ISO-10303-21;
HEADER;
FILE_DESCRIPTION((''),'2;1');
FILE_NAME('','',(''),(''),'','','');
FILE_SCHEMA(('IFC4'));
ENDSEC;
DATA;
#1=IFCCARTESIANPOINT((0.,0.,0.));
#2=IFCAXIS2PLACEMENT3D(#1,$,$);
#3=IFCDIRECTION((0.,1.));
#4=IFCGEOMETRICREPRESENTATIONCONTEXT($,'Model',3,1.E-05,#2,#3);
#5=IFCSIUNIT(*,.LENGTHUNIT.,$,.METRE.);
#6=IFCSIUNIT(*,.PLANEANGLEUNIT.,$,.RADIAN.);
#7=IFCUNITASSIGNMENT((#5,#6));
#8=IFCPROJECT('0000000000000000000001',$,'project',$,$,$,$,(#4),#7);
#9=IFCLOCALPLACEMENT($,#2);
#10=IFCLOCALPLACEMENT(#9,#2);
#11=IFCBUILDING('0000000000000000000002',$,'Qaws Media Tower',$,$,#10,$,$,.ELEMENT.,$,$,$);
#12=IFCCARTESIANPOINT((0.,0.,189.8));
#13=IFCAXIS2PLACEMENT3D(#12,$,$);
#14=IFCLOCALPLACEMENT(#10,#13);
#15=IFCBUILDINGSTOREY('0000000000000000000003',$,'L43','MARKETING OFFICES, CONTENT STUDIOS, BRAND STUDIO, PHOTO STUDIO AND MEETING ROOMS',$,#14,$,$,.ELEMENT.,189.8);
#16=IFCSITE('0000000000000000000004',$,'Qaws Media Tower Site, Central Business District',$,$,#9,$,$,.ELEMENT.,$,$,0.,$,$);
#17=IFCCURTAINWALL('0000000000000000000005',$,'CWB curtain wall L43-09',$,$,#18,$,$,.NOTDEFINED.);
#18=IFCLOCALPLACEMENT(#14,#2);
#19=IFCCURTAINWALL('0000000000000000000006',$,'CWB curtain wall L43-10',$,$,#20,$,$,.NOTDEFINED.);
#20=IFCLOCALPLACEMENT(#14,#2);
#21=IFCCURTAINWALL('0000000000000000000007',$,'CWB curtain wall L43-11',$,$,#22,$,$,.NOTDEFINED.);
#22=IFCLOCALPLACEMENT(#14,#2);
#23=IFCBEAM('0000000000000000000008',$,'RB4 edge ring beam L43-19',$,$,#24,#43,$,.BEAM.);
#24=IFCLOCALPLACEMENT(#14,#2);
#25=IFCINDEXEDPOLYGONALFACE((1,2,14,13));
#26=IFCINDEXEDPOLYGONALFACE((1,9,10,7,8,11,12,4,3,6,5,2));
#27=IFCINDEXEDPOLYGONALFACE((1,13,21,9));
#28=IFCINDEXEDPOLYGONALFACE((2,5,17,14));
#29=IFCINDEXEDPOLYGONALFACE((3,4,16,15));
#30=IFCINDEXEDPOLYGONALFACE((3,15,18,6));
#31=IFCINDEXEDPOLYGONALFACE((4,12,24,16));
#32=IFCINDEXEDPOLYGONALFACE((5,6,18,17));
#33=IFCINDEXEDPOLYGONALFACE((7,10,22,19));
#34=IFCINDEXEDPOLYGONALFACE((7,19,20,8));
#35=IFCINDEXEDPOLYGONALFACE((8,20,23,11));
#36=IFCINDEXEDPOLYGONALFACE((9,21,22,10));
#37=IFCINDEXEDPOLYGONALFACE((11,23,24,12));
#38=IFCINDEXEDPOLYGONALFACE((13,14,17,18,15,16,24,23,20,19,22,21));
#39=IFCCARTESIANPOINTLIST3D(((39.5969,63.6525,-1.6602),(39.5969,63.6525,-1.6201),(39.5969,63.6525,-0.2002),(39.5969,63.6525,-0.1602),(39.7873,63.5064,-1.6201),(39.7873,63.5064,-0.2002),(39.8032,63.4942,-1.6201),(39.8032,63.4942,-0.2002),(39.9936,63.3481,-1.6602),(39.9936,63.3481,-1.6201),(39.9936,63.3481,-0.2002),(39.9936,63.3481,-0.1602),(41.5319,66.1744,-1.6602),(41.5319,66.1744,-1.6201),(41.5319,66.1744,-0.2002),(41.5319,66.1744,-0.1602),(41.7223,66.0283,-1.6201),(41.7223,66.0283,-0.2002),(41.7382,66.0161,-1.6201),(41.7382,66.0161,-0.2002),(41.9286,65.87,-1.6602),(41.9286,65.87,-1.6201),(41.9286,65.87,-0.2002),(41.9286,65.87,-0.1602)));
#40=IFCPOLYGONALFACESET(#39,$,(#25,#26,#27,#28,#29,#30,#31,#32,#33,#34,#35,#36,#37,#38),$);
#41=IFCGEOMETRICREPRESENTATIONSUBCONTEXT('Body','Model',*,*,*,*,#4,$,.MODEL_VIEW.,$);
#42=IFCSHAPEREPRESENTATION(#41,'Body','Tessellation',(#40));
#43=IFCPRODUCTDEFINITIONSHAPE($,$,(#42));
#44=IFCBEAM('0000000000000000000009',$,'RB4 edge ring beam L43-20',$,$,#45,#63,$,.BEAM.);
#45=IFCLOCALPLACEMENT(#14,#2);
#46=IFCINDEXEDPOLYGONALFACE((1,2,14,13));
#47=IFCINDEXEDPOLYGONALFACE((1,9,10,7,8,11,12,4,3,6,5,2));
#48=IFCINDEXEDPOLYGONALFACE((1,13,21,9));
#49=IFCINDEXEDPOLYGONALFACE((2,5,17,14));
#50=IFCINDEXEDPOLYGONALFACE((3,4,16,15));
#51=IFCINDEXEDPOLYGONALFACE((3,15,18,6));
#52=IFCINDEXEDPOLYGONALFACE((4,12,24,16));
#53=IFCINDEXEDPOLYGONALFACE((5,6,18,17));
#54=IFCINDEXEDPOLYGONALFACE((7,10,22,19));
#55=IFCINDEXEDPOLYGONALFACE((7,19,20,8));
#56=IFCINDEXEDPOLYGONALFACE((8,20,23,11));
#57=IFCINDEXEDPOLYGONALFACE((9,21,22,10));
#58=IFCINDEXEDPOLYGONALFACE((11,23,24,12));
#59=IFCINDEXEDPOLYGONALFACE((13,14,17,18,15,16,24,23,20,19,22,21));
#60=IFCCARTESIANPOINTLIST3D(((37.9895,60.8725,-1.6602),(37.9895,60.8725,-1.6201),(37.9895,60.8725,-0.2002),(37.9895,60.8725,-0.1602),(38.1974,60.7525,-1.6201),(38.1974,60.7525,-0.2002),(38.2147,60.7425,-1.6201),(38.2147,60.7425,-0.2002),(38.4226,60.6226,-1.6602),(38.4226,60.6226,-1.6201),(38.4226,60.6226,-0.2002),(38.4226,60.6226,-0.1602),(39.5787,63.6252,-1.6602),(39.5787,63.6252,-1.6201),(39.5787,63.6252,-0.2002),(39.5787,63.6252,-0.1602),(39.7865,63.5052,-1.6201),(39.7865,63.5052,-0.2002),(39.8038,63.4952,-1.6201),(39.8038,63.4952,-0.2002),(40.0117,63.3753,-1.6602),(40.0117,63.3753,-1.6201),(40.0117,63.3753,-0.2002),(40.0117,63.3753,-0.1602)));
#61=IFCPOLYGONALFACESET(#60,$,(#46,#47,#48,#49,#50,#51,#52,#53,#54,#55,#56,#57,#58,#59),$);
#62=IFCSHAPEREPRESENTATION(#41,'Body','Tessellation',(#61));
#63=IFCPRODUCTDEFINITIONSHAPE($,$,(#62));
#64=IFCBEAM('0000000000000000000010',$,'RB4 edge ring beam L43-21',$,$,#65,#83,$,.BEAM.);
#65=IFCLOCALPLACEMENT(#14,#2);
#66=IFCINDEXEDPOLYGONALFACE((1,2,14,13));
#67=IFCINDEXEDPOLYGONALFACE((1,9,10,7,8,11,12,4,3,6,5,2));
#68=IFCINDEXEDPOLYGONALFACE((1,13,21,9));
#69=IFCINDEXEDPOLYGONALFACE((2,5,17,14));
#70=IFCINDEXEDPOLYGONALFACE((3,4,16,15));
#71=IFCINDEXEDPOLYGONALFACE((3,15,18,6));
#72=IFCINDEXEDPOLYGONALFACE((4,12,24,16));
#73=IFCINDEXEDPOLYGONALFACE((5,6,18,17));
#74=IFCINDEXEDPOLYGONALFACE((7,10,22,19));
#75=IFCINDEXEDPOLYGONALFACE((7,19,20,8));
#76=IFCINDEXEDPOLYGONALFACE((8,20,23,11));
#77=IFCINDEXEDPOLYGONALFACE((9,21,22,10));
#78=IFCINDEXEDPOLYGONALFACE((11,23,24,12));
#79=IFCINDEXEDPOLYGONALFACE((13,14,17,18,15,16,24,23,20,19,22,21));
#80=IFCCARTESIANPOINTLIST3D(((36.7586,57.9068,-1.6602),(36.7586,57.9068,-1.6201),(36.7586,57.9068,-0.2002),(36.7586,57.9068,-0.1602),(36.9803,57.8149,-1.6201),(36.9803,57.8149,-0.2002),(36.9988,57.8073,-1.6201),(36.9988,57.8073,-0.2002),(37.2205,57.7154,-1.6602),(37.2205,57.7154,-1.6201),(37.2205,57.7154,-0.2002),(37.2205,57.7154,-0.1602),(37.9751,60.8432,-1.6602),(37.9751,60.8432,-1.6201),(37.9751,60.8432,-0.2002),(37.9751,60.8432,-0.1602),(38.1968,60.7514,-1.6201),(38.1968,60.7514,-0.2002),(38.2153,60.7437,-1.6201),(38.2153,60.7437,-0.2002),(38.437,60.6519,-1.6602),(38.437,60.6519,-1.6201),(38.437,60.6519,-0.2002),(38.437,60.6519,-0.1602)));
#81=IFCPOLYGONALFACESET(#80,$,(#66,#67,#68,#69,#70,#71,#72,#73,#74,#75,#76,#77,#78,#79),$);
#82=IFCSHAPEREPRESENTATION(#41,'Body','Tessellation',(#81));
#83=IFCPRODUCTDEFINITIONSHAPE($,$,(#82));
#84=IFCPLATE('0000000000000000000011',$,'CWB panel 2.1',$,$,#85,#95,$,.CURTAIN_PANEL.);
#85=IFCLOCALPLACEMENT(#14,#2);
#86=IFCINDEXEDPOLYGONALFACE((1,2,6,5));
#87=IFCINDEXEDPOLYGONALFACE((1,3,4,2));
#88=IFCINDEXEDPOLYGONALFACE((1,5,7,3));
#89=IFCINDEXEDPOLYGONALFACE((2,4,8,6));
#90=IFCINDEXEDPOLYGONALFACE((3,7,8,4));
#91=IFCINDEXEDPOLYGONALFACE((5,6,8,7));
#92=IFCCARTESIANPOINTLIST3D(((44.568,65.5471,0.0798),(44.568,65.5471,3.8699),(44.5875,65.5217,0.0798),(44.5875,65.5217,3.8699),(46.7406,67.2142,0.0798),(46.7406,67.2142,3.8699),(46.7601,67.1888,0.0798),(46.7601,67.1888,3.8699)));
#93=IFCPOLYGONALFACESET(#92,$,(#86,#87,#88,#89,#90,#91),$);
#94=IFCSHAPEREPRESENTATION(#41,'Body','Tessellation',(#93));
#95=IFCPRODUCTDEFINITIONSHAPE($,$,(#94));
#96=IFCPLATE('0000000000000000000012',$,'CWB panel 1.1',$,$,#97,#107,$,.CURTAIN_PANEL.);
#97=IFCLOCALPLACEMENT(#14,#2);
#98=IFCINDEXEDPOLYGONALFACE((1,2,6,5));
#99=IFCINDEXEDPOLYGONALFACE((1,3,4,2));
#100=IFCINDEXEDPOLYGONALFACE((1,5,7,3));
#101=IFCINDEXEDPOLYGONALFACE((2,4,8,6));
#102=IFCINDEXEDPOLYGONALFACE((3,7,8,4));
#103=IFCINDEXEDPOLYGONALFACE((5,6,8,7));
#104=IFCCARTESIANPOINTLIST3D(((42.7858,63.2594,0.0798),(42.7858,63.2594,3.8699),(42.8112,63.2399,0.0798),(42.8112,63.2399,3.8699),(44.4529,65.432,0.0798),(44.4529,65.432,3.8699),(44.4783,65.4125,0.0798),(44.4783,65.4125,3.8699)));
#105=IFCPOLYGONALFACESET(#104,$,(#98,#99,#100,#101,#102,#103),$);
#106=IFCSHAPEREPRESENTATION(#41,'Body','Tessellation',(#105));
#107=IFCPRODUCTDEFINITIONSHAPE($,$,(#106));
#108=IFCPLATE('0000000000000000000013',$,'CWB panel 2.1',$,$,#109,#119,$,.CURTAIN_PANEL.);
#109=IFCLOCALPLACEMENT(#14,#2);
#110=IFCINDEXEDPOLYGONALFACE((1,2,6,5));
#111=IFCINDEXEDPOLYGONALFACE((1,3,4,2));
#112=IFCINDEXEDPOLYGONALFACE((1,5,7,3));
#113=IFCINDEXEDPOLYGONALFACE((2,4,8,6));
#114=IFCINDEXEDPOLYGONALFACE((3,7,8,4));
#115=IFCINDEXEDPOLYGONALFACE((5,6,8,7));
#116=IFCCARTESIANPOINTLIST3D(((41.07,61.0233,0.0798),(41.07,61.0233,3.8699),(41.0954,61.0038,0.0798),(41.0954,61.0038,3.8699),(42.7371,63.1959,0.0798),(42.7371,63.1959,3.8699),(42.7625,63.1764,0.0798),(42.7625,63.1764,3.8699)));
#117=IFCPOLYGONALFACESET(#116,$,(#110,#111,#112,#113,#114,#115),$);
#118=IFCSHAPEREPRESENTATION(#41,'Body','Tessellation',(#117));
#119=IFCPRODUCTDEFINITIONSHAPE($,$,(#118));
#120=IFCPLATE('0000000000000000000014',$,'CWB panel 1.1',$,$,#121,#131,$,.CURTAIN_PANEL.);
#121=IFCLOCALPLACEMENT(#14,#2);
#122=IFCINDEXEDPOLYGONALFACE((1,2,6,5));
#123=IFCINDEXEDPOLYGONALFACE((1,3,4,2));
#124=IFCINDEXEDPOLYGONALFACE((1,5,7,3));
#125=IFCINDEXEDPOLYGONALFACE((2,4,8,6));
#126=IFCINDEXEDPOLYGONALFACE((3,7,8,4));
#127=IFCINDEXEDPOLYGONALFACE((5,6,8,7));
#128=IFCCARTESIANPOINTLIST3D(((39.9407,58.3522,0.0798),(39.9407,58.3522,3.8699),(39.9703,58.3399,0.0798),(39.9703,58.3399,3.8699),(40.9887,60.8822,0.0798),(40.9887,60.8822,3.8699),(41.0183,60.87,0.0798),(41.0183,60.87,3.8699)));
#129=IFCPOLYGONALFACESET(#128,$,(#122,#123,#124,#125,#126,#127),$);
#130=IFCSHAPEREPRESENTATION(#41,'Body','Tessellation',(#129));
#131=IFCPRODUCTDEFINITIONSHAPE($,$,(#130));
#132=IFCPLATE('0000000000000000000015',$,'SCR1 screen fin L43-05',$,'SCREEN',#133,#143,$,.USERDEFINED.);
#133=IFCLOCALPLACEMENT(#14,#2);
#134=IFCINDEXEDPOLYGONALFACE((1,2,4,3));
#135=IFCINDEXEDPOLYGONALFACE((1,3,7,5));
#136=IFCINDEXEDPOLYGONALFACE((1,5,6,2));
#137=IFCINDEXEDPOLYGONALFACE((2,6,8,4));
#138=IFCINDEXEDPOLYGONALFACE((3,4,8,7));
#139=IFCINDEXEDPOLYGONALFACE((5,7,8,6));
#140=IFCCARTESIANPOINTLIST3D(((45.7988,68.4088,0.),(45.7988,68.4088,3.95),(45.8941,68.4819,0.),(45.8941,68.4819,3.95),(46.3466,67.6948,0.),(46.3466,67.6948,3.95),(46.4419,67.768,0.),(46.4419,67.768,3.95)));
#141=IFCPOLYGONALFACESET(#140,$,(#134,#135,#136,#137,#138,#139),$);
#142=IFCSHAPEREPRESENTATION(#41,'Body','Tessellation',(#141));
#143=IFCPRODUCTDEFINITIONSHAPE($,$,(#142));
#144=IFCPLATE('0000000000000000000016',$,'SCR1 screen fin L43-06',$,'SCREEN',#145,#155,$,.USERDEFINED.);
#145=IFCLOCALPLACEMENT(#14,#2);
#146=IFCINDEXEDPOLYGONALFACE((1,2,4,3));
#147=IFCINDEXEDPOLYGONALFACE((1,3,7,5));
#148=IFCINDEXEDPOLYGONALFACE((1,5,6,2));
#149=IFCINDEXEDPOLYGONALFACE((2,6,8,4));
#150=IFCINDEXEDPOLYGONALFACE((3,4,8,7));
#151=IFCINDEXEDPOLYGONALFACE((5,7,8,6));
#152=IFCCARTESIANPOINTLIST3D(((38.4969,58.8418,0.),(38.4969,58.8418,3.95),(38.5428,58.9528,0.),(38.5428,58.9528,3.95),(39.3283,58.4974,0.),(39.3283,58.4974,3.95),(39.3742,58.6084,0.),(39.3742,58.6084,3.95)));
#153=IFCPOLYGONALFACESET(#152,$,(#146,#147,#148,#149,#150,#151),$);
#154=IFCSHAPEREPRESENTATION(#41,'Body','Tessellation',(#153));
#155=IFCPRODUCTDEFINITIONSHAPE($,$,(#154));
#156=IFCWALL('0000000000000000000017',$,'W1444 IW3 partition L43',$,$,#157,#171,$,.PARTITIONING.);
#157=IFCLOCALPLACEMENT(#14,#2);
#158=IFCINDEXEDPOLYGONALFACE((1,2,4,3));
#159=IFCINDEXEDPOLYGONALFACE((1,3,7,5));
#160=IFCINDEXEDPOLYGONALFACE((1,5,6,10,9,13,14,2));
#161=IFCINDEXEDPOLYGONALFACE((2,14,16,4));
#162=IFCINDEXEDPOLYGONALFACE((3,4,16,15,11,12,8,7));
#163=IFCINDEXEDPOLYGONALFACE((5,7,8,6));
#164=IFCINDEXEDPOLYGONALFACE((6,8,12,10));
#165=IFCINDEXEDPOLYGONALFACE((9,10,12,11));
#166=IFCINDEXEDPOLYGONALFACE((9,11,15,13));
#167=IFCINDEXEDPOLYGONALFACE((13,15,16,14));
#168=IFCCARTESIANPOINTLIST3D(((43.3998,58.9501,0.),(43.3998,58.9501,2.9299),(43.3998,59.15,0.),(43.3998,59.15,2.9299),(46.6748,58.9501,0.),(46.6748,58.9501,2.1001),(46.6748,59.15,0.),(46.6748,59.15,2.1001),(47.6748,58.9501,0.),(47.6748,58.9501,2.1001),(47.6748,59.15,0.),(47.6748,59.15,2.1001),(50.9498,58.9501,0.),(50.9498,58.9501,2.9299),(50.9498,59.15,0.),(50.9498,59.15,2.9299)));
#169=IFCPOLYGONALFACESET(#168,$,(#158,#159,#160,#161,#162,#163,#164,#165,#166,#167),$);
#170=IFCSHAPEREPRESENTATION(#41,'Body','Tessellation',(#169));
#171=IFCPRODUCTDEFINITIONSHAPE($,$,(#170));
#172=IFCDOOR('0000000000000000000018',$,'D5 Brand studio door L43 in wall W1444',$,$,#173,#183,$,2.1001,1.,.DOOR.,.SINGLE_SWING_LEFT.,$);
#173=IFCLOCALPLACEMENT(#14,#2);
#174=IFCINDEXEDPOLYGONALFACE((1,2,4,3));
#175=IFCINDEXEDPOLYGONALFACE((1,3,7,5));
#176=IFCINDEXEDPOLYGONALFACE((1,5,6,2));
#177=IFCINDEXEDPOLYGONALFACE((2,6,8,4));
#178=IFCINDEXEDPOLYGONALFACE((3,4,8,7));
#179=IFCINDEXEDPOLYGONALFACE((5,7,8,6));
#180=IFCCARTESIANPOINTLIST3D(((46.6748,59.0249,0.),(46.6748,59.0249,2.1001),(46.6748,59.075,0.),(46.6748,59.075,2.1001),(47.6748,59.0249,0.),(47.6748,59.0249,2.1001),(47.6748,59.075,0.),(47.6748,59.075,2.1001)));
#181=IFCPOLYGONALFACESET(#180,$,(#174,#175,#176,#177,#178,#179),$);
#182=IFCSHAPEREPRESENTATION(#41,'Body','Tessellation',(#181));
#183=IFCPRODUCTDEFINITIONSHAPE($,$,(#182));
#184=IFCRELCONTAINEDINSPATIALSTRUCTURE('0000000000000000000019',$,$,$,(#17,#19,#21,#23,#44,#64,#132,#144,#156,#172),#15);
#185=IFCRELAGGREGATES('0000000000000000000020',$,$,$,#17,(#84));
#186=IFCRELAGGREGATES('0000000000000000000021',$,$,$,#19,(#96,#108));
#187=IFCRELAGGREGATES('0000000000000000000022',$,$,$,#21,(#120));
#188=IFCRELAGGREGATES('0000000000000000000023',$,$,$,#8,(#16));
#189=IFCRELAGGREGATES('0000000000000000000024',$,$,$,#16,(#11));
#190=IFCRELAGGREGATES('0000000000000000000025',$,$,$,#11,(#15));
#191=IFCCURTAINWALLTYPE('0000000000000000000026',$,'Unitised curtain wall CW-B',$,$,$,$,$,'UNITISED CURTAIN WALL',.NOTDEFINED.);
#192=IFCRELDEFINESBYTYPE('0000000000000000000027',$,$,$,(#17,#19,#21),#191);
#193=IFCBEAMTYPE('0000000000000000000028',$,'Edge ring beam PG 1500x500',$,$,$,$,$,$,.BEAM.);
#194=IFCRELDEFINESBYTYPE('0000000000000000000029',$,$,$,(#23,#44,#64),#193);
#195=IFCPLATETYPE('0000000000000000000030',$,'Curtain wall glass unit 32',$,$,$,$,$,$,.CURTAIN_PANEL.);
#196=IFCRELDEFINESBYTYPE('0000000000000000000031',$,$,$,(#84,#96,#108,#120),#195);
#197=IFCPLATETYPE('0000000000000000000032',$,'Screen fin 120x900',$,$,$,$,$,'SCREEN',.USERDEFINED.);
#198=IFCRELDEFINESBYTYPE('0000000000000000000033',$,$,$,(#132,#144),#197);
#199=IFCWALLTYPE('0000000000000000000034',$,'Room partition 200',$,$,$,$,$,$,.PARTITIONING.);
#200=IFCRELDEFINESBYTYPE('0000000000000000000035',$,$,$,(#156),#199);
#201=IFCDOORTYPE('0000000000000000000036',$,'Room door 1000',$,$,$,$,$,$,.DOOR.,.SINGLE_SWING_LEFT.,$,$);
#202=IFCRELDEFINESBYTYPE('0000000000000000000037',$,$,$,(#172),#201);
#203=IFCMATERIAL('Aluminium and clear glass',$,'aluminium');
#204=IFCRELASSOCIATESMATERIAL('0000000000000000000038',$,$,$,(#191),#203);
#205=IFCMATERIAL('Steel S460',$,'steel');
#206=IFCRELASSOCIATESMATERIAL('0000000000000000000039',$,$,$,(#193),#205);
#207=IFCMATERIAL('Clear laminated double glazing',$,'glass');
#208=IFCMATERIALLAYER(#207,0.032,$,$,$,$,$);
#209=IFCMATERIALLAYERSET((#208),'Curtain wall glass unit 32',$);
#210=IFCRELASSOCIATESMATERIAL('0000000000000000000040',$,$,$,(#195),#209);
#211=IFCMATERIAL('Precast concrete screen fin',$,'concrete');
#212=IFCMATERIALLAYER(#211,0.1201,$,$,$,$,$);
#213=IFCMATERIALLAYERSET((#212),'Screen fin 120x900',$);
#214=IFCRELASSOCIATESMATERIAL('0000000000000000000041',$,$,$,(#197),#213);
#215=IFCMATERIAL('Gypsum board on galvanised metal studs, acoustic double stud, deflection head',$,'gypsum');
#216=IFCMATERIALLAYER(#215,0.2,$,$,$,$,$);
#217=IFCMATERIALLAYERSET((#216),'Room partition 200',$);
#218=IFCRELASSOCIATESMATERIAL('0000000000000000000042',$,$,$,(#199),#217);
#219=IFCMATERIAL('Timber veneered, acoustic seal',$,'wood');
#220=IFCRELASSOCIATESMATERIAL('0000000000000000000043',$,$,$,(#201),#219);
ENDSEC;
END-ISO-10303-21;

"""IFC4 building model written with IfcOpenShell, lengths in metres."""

from ifc_helpers import new_model, si_unit, direction, frame, frame_2d, origin, origin_2d, place, context, subcontext, project, spatial, rectangle, i_section, extrude, material, layer, layer_set, material_profile, profile_set, type_object, element, fill, aggregate, save


model = new_model("IFC4")

# Units and contexts
model_context = context("Model", 3, precision=1e-05, world=origin(), true_north=direction((0.0, 1.0)))
body_context = subcontext(model_context, "Body", "Model", "MODEL_VIEW")
ifc_project = project(units=[si_unit("LENGTHUNIT", "METRE"), si_unit("PLANEANGLEUNIT", "RADIAN")], contexts=[model_context])

# Site, building, storey
site_placement = place(None, origin())
site = spatial("IfcSite", under=ifc_project, at=site_placement, Name="Qaws Media Tower Site, Central Business District", CompositionType="ELEMENT", RefElevation=0.0)
building_placement = place(site_placement, origin())
building = spatial("IfcBuilding", under=site, at=building_placement, Name="Qaws Media Tower", CompositionType="ELEMENT")
storey_placement = place(building_placement, frame((0.0, 0.0, 189.8)))
storey = spatial("IfcBuildingStorey", under=building, at=storey_placement, Name="L43", Description="MARKETING OFFICES, CONTENT STUDIOS, BRAND STUDIO, PHOTO STUDIO AND MEETING ROOMS", CompositionType="ELEMENT", Elevation=189.8)

# Curtain wall
ifc_material_1 = material(Name="Aluminium and clear glass", Category="aluminium")
curtain_wall_type = type_object("IfcCurtainWallType", Name="Unitised curtain wall CW-B", ElementType="UNITISED CURTAIN WALL", PredefinedType="NOTDEFINED", material=ifc_material_1)
curtain_wall_1_placement = place(storey_placement, origin())
curtain_wall_1 = element("IfcCurtainWall", 1, at=curtain_wall_1_placement, inside=storey, type_object=curtain_wall_type, Name="CWB curtain wall L43-09", PredefinedType="NOTDEFINED")

# Curtain walls
curtain_wall_2_placement = place(storey_placement, origin())
curtain_wall_2 = element("IfcCurtainWall", 2, at=curtain_wall_2_placement, inside=storey, type_object=curtain_wall_type, Name="CWB curtain wall L43-10", PredefinedType="NOTDEFINED")
curtain_wall_3_placement = place(storey_placement, origin())
curtain_wall_3 = element("IfcCurtainWall", 3, at=curtain_wall_3_placement, inside=storey, type_object=curtain_wall_type, Name="CWB curtain wall L43-11", PredefinedType="NOTDEFINED")

# Beams
ifc_material_2 = material(Name="Steel S460", Category="steel")
ifc_material_profile_1 = material_profile(ifc_material_2, i_section(OverallWidth=0.5, OverallDepth=1.5, WebThickness=0.02, FlangeThickness=0.04, at=origin_2d()), Name="PG 1500x500")
ifc_profile_set_1 = profile_set([ifc_material_profile_1], Name="Steel S460")
beam_type = type_object("IfcBeamType", Name="Edge ring beam PG 1500x500", PredefinedType="BEAM", material=ifc_profile_set_1)
beam_1_placement = place(storey_placement, frame((41.7302, 66.0222, -0.9102), z_axis=(-0.608738, -0.793371, 0.0), x_axis=(0.793371, -0.608738, 0.0)))
element("IfcBeam", 4, at=beam_1_placement, inside=storey, type_object=beam_type, Name="RB4 edge ring beam L43-19", PredefinedType="BEAM", context=body_context, shape_type="SweptSolid", body=[
    extrude(i_section(OverallWidth=0.5, OverallDepth=1.5, WebThickness=0.02, FlangeThickness=0.04, at=origin_2d()), origin(), (0.0, 0.0, 1.0), 3.1787),
])
for number, where, z_axis, x_axis, name in (
    (5, (39.7952, 63.5002, -0.9102), (-0.499964, -0.866046, 0.0), (0.866046, -0.499964, 0.0), "RB4 edge ring beam L43-20"),
    (6, (38.2061, 60.7476, -0.9102), (-0.382738, -0.923857, 0.0), (0.923857, -0.382738, 0.0), "RB4 edge ring beam L43-21"),
):
    element("IfcBeam", number, at=place(storey_placement, frame(where, z_axis=z_axis, x_axis=x_axis)), inside=storey, type_object=beam_type, Name=name, PredefinedType="BEAM", context=body_context, shape_type="SweptSolid", body=[
        extrude(i_section(OverallWidth=0.5, OverallDepth=1.5, WebThickness=0.02, FlangeThickness=0.04, at=origin_2d()), origin(), (0.0, 0.0, 1.0), 3.1785),
    ])

# Plates
ifc_material_3 = material(Name="Clear laminated double glazing", Category="glass")
ifc_layer_1 = layer(ifc_material_3, 0.032)
ifc_layer_set_1 = layer_set([ifc_layer_1], Name="Curtain wall glass unit 32")
plate_type_1 = type_object("IfcPlateType", Name="Curtain wall glass unit 32", PredefinedType="CURTAIN_PANEL", material=ifc_layer_set_1)
plate_1_placement = place(storey_placement, frame((45.6641, 66.3679, 0.0798), z_axis=(0.0, 0.0, 1.0), x_axis=(-0.793353, -0.608761, 0.0)))
plate_1 = element("IfcPlate", 7, at=plate_1_placement, type_object=plate_type_1, Name="CWB panel 2.1", PredefinedType="CURTAIN_PANEL", context=body_context, shape_type="SweptSolid", body=[
    extrude(rectangle(XDim=2.7385, YDim=0.032, at=origin_2d()), origin(), (0.0, 0.0, 1.0), 3.79),
])
aggregate(curtain_wall_1, [plate_1])
plate_2_placement = place(storey_placement, frame((43.6321, 64.3359, 0.0798), z_axis=(0.0, 0.0, 1.0), x_axis=(-0.608761, -0.793353, 0.0)))
plate_2 = element("IfcPlate", 8, at=plate_2_placement, type_object=plate_type_1, Name="CWB panel 1.1", PredefinedType="CURTAIN_PANEL", context=body_context, shape_type="SweptSolid", body=[
    extrude(rectangle(XDim=2.7385, YDim=0.032, at=origin_2d()), origin(), (0.0, 0.0, 1.0), 3.79),
])
plate_3_placement = place(storey_placement, frame((41.9163, 62.0999, 0.0798), z_axis=(0.0, 0.0, 1.0), x_axis=(-0.608761, -0.793353, 0.0)))
plate_3 = element("IfcPlate", 9, at=plate_3_placement, type_object=plate_type_1, Name="CWB panel 2.1", PredefinedType="CURTAIN_PANEL", context=body_context, shape_type="SweptSolid", body=[
    extrude(rectangle(XDim=2.7385, YDim=0.032, at=origin_2d()), origin(), (0.0, 0.0, 1.0), 3.79),
])
aggregate(curtain_wall_2, [plate_2, plate_3])
plate_4_placement = place(storey_placement, frame((40.4795, 59.6111, 0.0798), z_axis=(0.0, 0.0, 1.0), x_axis=(-0.382684, -0.923879, 0.0)))
plate_4 = element("IfcPlate", 10, at=plate_4_placement, type_object=plate_type_1, Name="CWB panel 1.1", PredefinedType="CURTAIN_PANEL", context=body_context, shape_type="SweptSolid", body=[
    extrude(rectangle(XDim=2.7385, YDim=0.032, at=origin_2d()), origin(), (0.0, 0.0, 1.0), 3.79),
])
aggregate(curtain_wall_3, [plate_4])

# Plates
ifc_material_4 = material(Name="Precast concrete screen fin", Category="concrete")
ifc_layer_2 = layer(ifc_material_4, 0.1201)
ifc_layer_set_2 = layer_set([ifc_layer_2], Name="Screen fin 120x900")
plate_type_2 = type_object("IfcPlateType", Name="Screen fin 120x900", ElementType="SCREEN", PredefinedType="USERDEFINED", material=ifc_layer_set_2)
for number, where, z_axis, x_axis, name in (
    (11, (46.1204, 68.0884, 0.0), (0.0, 0.0, 1.0), (-0.608761, 0.793353, 0.0), "SCR1 screen fin L43-05"),
    (12, (38.9355, 58.7251, 0.0), (0.0, 0.0, 1.0), (-0.92388, 0.382683, 0.0), "SCR1 screen fin L43-06"),
):
    element("IfcPlate", number, at=place(storey_placement, frame(where, z_axis=z_axis, x_axis=x_axis)), inside=storey, type_object=plate_type_2, Name=name, ObjectType="SCREEN", PredefinedType="USERDEFINED", context=body_context, shape_type="SweptSolid", body=[
        extrude(rectangle(XDim=0.8999, YDim=0.1201, at=origin_2d()), origin(), (0.0, 0.0, 1.0), 3.95),
    ])

# Wall, opening, door
ifc_material_5 = material(Name="Gypsum board on galvanised metal studs, acoustic double stud, deflection head", Category="gypsum")
ifc_layer_3 = layer(ifc_material_5, 0.2)
ifc_layer_set_3 = layer_set([ifc_layer_3], Name="Room partition 200")
wall_type = type_object("IfcWallType", Name="Room partition 200", PredefinedType="PARTITIONING", material=ifc_layer_set_3)
wall_placement = place(storey_placement, frame((43.3999, 59.05, 0.0), z_axis=(0.0, 0.0, 1.0), x_axis=(1.0, 0.0, 0.0)))
wall = element("IfcWall", 13, at=wall_placement, inside=storey, type_object=wall_type, Name="W1444 IW3 partition L43", PredefinedType="PARTITIONING", context=body_context, shape_type="SweptSolid", body=[
    extrude(rectangle(XDim=7.55, YDim=0.2, at=frame_2d((3.7749, 0.0))), origin(), (0.0, 0.0, 1.0), 2.9299),
])
opening_placement = place(wall_placement, frame((3.2749, 0.0, 0.0)))
opening = element("IfcOpeningElement", 14, at=opening_placement, cuts=wall, PredefinedType="OPENING", context=body_context, shape_type="SweptSolid", body=[
    extrude(rectangle(XDim=1.0, YDim=2.1001, at=frame_2d((0.5, 1.05))), frame((0.0, 0.1099, 0.0), z_axis=(0.0, -1.0, 0.0), x_axis=(1.0, 0.0, 0.0)), (0.0, 0.0, 1.0), 0.22),
])
ifc_material_6 = material(Name="Timber veneered, acoustic seal", Category="wood")
door_type = type_object("IfcDoorType", Name="Room door 1000", OperationType="SINGLE_SWING_LEFT", PredefinedType="DOOR", material=ifc_material_6)
door_placement = place(opening_placement, origin())
door = element("IfcDoor", 15, at=door_placement, inside=storey, type_object=door_type, Name="D5 Brand studio door L43 in wall W1444", OperationType="SINGLE_SWING_LEFT", OverallHeight=2.1001, OverallWidth=1.0, PredefinedType="DOOR", context=body_context, shape_type="SweptSolid", body=[
    extrude(rectangle(XDim=1.0, YDim=2.1001, at=frame_2d((0.5, 1.05))), frame((0.0, 0.0249, 0.0), z_axis=(0.0, -1.0, 0.0), x_axis=(1.0, 0.0, 0.0)), (0.0, 0.0, 1.0), 0.05),
])
fill(opening, door)

save(model, "model.ifc")
